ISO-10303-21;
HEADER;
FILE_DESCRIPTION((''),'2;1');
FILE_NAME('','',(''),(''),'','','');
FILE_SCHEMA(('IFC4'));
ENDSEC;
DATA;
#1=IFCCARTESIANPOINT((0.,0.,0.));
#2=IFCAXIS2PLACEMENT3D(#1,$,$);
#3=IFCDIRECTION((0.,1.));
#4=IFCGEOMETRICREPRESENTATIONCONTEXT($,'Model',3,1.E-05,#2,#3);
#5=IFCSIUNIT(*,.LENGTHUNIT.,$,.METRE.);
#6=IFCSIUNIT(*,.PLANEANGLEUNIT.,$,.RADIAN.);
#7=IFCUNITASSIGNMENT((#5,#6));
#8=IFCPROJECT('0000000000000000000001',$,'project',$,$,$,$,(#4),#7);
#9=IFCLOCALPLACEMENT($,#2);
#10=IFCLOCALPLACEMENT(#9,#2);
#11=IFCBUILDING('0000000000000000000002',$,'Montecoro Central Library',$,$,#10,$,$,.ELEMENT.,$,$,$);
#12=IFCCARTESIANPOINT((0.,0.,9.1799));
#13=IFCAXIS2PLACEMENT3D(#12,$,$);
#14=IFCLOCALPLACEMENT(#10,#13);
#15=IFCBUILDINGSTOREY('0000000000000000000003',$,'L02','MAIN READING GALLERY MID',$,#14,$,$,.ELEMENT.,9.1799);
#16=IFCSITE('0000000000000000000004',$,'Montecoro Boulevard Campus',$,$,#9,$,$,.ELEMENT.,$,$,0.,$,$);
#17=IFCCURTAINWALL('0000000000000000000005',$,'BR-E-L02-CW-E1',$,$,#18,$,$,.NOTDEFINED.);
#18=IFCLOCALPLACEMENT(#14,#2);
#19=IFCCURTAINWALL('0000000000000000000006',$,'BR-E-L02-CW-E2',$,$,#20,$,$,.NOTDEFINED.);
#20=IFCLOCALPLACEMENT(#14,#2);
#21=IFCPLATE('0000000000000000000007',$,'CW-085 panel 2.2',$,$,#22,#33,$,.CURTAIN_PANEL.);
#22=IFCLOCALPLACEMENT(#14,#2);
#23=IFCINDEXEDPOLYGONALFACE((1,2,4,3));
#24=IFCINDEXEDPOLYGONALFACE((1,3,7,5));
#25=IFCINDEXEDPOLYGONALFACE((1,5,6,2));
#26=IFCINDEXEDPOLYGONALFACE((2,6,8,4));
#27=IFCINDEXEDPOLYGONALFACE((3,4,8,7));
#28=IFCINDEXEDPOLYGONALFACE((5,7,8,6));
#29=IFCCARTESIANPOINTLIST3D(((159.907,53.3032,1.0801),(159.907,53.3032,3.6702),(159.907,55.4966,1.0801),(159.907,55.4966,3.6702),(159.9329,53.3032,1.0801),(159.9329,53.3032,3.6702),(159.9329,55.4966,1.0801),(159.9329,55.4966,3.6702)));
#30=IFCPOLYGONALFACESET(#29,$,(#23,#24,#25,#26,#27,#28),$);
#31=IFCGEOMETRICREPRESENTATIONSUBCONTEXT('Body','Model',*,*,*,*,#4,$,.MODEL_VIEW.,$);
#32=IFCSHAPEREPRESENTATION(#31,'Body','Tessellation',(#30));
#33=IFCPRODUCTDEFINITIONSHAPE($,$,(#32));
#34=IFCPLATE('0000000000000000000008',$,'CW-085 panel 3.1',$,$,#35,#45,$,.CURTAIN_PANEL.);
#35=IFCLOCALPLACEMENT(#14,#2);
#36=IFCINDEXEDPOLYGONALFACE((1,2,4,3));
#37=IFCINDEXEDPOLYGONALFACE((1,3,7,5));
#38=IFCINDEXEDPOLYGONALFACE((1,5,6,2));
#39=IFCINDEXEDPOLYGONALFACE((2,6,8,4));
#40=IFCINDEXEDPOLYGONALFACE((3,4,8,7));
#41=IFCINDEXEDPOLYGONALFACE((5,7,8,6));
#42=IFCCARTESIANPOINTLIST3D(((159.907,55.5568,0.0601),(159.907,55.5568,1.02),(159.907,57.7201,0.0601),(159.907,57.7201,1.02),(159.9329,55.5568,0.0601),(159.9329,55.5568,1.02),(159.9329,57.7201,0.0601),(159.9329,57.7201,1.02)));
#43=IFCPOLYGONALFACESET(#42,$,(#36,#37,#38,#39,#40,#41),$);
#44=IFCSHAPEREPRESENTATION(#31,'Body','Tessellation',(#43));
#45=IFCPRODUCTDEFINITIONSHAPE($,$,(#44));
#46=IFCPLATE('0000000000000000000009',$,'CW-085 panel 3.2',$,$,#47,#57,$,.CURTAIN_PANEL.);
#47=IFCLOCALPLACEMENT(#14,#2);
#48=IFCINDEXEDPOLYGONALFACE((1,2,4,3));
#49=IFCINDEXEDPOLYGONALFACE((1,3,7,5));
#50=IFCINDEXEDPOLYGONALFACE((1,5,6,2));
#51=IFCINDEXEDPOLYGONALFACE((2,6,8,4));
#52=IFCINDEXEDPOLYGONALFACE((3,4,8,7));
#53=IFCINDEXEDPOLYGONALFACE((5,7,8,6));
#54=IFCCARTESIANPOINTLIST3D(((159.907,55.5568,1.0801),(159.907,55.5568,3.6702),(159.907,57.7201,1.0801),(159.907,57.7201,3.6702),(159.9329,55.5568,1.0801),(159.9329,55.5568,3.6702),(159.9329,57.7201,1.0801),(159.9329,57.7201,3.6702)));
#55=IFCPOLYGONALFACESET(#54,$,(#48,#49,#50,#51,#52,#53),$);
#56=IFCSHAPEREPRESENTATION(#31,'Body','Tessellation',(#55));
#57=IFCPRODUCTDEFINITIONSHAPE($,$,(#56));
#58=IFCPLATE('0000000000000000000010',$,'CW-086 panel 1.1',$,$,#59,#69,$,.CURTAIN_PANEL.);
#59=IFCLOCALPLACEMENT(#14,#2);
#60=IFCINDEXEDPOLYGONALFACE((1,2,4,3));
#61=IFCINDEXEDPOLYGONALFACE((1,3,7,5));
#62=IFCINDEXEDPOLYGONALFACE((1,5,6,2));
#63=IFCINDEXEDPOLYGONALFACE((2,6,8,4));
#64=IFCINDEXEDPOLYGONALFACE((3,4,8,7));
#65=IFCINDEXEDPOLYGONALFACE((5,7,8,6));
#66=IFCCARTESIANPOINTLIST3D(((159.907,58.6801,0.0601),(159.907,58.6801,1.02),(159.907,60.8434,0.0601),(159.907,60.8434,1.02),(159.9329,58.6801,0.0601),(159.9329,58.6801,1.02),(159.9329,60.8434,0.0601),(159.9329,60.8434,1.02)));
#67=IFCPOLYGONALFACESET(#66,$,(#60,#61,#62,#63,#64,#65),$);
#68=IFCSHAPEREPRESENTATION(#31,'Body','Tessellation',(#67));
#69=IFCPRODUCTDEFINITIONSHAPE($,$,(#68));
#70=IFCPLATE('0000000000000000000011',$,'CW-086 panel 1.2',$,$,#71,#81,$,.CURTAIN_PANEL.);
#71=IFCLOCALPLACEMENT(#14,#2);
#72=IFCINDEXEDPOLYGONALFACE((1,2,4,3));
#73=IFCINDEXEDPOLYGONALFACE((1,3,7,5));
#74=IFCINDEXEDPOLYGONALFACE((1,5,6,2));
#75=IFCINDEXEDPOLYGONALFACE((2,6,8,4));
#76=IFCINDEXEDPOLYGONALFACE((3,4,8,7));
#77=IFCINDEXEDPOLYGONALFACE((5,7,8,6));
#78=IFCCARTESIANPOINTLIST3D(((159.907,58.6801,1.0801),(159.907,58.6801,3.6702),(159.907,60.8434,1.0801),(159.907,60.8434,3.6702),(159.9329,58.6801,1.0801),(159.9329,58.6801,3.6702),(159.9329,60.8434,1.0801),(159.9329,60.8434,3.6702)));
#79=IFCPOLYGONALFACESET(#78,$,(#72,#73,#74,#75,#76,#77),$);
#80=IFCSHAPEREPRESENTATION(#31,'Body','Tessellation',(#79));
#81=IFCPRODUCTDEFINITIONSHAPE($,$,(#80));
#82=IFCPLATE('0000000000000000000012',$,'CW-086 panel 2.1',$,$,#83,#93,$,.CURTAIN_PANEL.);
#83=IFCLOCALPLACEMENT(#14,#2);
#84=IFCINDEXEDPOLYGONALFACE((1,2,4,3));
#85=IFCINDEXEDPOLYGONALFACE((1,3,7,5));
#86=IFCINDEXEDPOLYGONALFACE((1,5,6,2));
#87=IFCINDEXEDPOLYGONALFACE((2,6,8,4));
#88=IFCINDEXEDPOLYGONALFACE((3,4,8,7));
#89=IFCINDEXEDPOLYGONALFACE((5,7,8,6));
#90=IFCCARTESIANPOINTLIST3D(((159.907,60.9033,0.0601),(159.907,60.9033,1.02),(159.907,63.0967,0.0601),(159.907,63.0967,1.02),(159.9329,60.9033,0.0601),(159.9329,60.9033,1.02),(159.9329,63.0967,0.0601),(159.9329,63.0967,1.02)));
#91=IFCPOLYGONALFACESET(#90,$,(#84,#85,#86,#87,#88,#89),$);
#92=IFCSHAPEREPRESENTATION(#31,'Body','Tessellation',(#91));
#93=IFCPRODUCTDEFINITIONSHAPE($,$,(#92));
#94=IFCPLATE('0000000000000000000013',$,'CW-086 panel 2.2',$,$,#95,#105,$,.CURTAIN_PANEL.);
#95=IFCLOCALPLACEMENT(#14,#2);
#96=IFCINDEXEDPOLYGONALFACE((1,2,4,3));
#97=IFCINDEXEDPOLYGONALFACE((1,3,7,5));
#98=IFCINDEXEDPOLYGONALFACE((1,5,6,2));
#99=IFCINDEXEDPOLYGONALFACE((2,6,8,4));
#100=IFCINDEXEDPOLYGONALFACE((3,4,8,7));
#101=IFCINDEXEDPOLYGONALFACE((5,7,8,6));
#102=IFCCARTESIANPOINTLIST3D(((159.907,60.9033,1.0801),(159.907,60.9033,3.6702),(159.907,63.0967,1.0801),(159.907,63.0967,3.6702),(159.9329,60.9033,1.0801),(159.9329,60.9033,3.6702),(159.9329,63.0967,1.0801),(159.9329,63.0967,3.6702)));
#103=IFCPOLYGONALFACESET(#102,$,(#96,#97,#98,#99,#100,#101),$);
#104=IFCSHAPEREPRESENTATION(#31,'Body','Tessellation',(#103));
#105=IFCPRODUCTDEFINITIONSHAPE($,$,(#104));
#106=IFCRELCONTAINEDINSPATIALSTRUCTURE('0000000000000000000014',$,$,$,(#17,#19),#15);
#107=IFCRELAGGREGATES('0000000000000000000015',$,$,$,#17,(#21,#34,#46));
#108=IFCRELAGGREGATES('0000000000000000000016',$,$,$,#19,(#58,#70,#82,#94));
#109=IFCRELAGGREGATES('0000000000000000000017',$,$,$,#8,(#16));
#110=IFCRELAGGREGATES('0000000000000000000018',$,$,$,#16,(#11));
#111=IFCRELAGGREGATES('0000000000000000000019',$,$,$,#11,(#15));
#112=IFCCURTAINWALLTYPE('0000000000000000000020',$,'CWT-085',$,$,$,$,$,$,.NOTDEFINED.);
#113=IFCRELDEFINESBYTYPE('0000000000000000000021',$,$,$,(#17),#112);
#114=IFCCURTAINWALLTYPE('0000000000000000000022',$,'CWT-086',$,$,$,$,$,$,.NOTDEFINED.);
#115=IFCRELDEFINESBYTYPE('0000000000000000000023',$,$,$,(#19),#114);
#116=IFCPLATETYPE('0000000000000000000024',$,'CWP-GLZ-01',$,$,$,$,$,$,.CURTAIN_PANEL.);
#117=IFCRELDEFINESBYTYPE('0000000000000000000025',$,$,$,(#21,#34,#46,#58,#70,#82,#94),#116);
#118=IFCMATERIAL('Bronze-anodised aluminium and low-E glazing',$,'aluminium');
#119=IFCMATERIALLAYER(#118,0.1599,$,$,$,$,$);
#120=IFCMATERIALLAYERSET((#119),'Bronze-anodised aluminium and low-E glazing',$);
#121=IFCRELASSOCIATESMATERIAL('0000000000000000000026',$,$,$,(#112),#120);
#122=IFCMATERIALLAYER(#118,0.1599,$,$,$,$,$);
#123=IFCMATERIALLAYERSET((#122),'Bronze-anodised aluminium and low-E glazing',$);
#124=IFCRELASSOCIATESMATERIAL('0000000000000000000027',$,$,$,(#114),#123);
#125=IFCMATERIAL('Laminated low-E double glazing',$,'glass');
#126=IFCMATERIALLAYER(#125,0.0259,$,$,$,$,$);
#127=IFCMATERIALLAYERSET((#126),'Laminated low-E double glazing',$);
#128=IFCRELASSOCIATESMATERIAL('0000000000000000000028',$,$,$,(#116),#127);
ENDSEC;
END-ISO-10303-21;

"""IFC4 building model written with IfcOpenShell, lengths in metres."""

from ifc_helpers import new_model, si_unit, direction, frame, origin, origin_2d, place, context, subcontext, project, spatial, rectangle, extrude, material, layer, layer_set, type_object, element, aggregate, save


model = new_model("IFC4")

# Units and contexts
model_context = context("Model", 3, precision=1e-05, world=origin(), true_north=direction((0.0, 1.0)))
body_context = subcontext(model_context, "Body", "Model", "MODEL_VIEW")
ifc_project = project(units=[si_unit("LENGTHUNIT", "METRE"), si_unit("PLANEANGLEUNIT", "RADIAN")], contexts=[model_context])

# Site, building, storey
site_placement = place(None, origin())
site = spatial("IfcSite", under=ifc_project, at=site_placement, Name="Montecoro Boulevard Campus", CompositionType="ELEMENT", RefElevation=0.0)
building_placement = place(site_placement, origin())
building = spatial("IfcBuilding", under=site, at=building_placement, Name="Montecoro Central Library", CompositionType="ELEMENT")
storey_placement = place(building_placement, frame((0.0, 0.0, 9.1799)))
storey = spatial("IfcBuildingStorey", under=building, at=storey_placement, Name="L02", Description="MAIN READING GALLERY MID", CompositionType="ELEMENT", Elevation=9.1799)

# Curtain walls
ifc_material_1 = material(Name="Bronze-anodised aluminium and low-E glazing", Category="aluminium")
ifc_layer_1 = layer(ifc_material_1, 0.1599)
ifc_layer_set_1 = layer_set([ifc_layer_1], Name="Bronze-anodised aluminium and low-E glazing")
curtain_wall_type_1 = type_object("IfcCurtainWallType", Name="CWT-085", PredefinedType="NOTDEFINED", material=ifc_layer_set_1)
curtain_wall_1_placement = place(storey_placement, origin())
curtain_wall_1 = element("IfcCurtainWall", 1, at=curtain_wall_1_placement, inside=storey, type_object=curtain_wall_type_1, Name="BR-E-L02-CW-E1", PredefinedType="NOTDEFINED")
ifc_layer_2 = layer(ifc_material_1, 0.1599)
ifc_layer_set_2 = layer_set([ifc_layer_2], Name="Bronze-anodised aluminium and low-E glazing")
curtain_wall_type_2 = type_object("IfcCurtainWallType", Name="CWT-086", PredefinedType="NOTDEFINED", material=ifc_layer_set_2)
curtain_wall_2_placement = place(storey_placement, origin())
curtain_wall_2 = element("IfcCurtainWall", 2, at=curtain_wall_2_placement, inside=storey, type_object=curtain_wall_type_2, Name="BR-E-L02-CW-E2", PredefinedType="NOTDEFINED")

# Plates
ifc_material_2 = material(Name="Laminated low-E double glazing", Category="glass")
ifc_layer_3 = layer(ifc_material_2, 0.0259)
ifc_layer_set_3 = layer_set([ifc_layer_3], Name="Laminated low-E double glazing")
plate_type = type_object("IfcPlateType", Name="CWP-GLZ-01", PredefinedType="CURTAIN_PANEL", material=ifc_layer_set_3)
plate_1_placement = place(storey_placement, frame((159.9199, 54.3999, 1.0801), z_axis=(0.0, 0.0, 1.0), x_axis=(0.0, 1.0, 0.0)))
plate_1 = element("IfcPlate", 3, at=plate_1_placement, type_object=plate_type, Name="CW-085 panel 2.2", PredefinedType="CURTAIN_PANEL", context=body_context, shape_type="SweptSolid", body=[
    extrude(rectangle(XDim=2.1934, YDim=0.0259, at=origin_2d()), origin(), (0.0, 0.0, 1.0), 2.5901),
])
plate_2_placement = place(storey_placement, frame((159.9199, 56.6384, 0.0601), z_axis=(0.0, 0.0, 1.0), x_axis=(0.0, 1.0, 0.0)))
plate_2 = element("IfcPlate", 4, at=plate_2_placement, type_object=plate_type, Name="CW-085 panel 3.1", PredefinedType="CURTAIN_PANEL", context=body_context, shape_type="SweptSolid", body=[
    extrude(rectangle(XDim=2.1633, YDim=0.0259, at=origin_2d()), origin(), (0.0, 0.0, 1.0), 0.96),
])
plate_3_placement = place(storey_placement, frame((159.9199, 56.6384, 1.0801), z_axis=(0.0, 0.0, 1.0), x_axis=(0.0, 1.0, 0.0)))
plate_3 = element("IfcPlate", 5, at=plate_3_placement, type_object=plate_type, Name="CW-085 panel 3.2", PredefinedType="CURTAIN_PANEL", context=body_context, shape_type="SweptSolid", body=[
    extrude(rectangle(XDim=2.1633, YDim=0.0259, at=origin_2d()), origin(), (0.0, 0.0, 1.0), 2.5901),
])
aggregate(curtain_wall_1, [plate_1, plate_2, plate_3])
plate_4_placement = place(storey_placement, frame((159.9199, 59.7617, 0.0601), z_axis=(0.0, 0.0, 1.0), x_axis=(0.0, 1.0, 0.0)))
plate_4 = element("IfcPlate", 6, at=plate_4_placement, type_object=plate_type, Name="CW-086 panel 1.1", PredefinedType="CURTAIN_PANEL", context=body_context, shape_type="SweptSolid", body=[
    extrude(rectangle(XDim=2.1633, YDim=0.0259, at=origin_2d()), origin(), (0.0, 0.0, 1.0), 0.96),
])
plate_5_placement = place(storey_placement, frame((159.9199, 59.7617, 1.0801), z_axis=(0.0, 0.0, 1.0), x_axis=(0.0, 1.0, 0.0)))
plate_5 = element("IfcPlate", 7, at=plate_5_placement, type_object=plate_type, Name="CW-086 panel 1.2", PredefinedType="CURTAIN_PANEL", context=body_context, shape_type="SweptSolid", body=[
    extrude(rectangle(XDim=2.1633, YDim=0.0259, at=origin_2d()), origin(), (0.0, 0.0, 1.0), 2.5901),
])
plate_6_placement = place(storey_placement, frame((159.9199, 62.0, 0.0601), z_axis=(0.0, 0.0, 1.0), x_axis=(0.0, 1.0, 0.0)))
plate_6 = element("IfcPlate", 8, at=plate_6_placement, type_object=plate_type, Name="CW-086 panel 2.1", PredefinedType="CURTAIN_PANEL", context=body_context, shape_type="SweptSolid", body=[
    extrude(rectangle(XDim=2.1934, YDim=0.0259, at=origin_2d()), origin(), (0.0, 0.0, 1.0), 0.96),
])
plate_7_placement = place(storey_placement, frame((159.9199, 62.0, 1.0801), z_axis=(0.0, 0.0, 1.0), x_axis=(0.0, 1.0, 0.0)))
plate_7 = element("IfcPlate", 9, at=plate_7_placement, type_object=plate_type, Name="CW-086 panel 2.2", PredefinedType="CURTAIN_PANEL", context=body_context, shape_type="SweptSolid", body=[
    extrude(rectangle(XDim=2.1934, YDim=0.0259, at=origin_2d()), origin(), (0.0, 0.0, 1.0), 2.5901),
])
aggregate(curtain_wall_2, [plate_4, plate_5, plate_6, plate_7])

save(model, "model.ifc")
